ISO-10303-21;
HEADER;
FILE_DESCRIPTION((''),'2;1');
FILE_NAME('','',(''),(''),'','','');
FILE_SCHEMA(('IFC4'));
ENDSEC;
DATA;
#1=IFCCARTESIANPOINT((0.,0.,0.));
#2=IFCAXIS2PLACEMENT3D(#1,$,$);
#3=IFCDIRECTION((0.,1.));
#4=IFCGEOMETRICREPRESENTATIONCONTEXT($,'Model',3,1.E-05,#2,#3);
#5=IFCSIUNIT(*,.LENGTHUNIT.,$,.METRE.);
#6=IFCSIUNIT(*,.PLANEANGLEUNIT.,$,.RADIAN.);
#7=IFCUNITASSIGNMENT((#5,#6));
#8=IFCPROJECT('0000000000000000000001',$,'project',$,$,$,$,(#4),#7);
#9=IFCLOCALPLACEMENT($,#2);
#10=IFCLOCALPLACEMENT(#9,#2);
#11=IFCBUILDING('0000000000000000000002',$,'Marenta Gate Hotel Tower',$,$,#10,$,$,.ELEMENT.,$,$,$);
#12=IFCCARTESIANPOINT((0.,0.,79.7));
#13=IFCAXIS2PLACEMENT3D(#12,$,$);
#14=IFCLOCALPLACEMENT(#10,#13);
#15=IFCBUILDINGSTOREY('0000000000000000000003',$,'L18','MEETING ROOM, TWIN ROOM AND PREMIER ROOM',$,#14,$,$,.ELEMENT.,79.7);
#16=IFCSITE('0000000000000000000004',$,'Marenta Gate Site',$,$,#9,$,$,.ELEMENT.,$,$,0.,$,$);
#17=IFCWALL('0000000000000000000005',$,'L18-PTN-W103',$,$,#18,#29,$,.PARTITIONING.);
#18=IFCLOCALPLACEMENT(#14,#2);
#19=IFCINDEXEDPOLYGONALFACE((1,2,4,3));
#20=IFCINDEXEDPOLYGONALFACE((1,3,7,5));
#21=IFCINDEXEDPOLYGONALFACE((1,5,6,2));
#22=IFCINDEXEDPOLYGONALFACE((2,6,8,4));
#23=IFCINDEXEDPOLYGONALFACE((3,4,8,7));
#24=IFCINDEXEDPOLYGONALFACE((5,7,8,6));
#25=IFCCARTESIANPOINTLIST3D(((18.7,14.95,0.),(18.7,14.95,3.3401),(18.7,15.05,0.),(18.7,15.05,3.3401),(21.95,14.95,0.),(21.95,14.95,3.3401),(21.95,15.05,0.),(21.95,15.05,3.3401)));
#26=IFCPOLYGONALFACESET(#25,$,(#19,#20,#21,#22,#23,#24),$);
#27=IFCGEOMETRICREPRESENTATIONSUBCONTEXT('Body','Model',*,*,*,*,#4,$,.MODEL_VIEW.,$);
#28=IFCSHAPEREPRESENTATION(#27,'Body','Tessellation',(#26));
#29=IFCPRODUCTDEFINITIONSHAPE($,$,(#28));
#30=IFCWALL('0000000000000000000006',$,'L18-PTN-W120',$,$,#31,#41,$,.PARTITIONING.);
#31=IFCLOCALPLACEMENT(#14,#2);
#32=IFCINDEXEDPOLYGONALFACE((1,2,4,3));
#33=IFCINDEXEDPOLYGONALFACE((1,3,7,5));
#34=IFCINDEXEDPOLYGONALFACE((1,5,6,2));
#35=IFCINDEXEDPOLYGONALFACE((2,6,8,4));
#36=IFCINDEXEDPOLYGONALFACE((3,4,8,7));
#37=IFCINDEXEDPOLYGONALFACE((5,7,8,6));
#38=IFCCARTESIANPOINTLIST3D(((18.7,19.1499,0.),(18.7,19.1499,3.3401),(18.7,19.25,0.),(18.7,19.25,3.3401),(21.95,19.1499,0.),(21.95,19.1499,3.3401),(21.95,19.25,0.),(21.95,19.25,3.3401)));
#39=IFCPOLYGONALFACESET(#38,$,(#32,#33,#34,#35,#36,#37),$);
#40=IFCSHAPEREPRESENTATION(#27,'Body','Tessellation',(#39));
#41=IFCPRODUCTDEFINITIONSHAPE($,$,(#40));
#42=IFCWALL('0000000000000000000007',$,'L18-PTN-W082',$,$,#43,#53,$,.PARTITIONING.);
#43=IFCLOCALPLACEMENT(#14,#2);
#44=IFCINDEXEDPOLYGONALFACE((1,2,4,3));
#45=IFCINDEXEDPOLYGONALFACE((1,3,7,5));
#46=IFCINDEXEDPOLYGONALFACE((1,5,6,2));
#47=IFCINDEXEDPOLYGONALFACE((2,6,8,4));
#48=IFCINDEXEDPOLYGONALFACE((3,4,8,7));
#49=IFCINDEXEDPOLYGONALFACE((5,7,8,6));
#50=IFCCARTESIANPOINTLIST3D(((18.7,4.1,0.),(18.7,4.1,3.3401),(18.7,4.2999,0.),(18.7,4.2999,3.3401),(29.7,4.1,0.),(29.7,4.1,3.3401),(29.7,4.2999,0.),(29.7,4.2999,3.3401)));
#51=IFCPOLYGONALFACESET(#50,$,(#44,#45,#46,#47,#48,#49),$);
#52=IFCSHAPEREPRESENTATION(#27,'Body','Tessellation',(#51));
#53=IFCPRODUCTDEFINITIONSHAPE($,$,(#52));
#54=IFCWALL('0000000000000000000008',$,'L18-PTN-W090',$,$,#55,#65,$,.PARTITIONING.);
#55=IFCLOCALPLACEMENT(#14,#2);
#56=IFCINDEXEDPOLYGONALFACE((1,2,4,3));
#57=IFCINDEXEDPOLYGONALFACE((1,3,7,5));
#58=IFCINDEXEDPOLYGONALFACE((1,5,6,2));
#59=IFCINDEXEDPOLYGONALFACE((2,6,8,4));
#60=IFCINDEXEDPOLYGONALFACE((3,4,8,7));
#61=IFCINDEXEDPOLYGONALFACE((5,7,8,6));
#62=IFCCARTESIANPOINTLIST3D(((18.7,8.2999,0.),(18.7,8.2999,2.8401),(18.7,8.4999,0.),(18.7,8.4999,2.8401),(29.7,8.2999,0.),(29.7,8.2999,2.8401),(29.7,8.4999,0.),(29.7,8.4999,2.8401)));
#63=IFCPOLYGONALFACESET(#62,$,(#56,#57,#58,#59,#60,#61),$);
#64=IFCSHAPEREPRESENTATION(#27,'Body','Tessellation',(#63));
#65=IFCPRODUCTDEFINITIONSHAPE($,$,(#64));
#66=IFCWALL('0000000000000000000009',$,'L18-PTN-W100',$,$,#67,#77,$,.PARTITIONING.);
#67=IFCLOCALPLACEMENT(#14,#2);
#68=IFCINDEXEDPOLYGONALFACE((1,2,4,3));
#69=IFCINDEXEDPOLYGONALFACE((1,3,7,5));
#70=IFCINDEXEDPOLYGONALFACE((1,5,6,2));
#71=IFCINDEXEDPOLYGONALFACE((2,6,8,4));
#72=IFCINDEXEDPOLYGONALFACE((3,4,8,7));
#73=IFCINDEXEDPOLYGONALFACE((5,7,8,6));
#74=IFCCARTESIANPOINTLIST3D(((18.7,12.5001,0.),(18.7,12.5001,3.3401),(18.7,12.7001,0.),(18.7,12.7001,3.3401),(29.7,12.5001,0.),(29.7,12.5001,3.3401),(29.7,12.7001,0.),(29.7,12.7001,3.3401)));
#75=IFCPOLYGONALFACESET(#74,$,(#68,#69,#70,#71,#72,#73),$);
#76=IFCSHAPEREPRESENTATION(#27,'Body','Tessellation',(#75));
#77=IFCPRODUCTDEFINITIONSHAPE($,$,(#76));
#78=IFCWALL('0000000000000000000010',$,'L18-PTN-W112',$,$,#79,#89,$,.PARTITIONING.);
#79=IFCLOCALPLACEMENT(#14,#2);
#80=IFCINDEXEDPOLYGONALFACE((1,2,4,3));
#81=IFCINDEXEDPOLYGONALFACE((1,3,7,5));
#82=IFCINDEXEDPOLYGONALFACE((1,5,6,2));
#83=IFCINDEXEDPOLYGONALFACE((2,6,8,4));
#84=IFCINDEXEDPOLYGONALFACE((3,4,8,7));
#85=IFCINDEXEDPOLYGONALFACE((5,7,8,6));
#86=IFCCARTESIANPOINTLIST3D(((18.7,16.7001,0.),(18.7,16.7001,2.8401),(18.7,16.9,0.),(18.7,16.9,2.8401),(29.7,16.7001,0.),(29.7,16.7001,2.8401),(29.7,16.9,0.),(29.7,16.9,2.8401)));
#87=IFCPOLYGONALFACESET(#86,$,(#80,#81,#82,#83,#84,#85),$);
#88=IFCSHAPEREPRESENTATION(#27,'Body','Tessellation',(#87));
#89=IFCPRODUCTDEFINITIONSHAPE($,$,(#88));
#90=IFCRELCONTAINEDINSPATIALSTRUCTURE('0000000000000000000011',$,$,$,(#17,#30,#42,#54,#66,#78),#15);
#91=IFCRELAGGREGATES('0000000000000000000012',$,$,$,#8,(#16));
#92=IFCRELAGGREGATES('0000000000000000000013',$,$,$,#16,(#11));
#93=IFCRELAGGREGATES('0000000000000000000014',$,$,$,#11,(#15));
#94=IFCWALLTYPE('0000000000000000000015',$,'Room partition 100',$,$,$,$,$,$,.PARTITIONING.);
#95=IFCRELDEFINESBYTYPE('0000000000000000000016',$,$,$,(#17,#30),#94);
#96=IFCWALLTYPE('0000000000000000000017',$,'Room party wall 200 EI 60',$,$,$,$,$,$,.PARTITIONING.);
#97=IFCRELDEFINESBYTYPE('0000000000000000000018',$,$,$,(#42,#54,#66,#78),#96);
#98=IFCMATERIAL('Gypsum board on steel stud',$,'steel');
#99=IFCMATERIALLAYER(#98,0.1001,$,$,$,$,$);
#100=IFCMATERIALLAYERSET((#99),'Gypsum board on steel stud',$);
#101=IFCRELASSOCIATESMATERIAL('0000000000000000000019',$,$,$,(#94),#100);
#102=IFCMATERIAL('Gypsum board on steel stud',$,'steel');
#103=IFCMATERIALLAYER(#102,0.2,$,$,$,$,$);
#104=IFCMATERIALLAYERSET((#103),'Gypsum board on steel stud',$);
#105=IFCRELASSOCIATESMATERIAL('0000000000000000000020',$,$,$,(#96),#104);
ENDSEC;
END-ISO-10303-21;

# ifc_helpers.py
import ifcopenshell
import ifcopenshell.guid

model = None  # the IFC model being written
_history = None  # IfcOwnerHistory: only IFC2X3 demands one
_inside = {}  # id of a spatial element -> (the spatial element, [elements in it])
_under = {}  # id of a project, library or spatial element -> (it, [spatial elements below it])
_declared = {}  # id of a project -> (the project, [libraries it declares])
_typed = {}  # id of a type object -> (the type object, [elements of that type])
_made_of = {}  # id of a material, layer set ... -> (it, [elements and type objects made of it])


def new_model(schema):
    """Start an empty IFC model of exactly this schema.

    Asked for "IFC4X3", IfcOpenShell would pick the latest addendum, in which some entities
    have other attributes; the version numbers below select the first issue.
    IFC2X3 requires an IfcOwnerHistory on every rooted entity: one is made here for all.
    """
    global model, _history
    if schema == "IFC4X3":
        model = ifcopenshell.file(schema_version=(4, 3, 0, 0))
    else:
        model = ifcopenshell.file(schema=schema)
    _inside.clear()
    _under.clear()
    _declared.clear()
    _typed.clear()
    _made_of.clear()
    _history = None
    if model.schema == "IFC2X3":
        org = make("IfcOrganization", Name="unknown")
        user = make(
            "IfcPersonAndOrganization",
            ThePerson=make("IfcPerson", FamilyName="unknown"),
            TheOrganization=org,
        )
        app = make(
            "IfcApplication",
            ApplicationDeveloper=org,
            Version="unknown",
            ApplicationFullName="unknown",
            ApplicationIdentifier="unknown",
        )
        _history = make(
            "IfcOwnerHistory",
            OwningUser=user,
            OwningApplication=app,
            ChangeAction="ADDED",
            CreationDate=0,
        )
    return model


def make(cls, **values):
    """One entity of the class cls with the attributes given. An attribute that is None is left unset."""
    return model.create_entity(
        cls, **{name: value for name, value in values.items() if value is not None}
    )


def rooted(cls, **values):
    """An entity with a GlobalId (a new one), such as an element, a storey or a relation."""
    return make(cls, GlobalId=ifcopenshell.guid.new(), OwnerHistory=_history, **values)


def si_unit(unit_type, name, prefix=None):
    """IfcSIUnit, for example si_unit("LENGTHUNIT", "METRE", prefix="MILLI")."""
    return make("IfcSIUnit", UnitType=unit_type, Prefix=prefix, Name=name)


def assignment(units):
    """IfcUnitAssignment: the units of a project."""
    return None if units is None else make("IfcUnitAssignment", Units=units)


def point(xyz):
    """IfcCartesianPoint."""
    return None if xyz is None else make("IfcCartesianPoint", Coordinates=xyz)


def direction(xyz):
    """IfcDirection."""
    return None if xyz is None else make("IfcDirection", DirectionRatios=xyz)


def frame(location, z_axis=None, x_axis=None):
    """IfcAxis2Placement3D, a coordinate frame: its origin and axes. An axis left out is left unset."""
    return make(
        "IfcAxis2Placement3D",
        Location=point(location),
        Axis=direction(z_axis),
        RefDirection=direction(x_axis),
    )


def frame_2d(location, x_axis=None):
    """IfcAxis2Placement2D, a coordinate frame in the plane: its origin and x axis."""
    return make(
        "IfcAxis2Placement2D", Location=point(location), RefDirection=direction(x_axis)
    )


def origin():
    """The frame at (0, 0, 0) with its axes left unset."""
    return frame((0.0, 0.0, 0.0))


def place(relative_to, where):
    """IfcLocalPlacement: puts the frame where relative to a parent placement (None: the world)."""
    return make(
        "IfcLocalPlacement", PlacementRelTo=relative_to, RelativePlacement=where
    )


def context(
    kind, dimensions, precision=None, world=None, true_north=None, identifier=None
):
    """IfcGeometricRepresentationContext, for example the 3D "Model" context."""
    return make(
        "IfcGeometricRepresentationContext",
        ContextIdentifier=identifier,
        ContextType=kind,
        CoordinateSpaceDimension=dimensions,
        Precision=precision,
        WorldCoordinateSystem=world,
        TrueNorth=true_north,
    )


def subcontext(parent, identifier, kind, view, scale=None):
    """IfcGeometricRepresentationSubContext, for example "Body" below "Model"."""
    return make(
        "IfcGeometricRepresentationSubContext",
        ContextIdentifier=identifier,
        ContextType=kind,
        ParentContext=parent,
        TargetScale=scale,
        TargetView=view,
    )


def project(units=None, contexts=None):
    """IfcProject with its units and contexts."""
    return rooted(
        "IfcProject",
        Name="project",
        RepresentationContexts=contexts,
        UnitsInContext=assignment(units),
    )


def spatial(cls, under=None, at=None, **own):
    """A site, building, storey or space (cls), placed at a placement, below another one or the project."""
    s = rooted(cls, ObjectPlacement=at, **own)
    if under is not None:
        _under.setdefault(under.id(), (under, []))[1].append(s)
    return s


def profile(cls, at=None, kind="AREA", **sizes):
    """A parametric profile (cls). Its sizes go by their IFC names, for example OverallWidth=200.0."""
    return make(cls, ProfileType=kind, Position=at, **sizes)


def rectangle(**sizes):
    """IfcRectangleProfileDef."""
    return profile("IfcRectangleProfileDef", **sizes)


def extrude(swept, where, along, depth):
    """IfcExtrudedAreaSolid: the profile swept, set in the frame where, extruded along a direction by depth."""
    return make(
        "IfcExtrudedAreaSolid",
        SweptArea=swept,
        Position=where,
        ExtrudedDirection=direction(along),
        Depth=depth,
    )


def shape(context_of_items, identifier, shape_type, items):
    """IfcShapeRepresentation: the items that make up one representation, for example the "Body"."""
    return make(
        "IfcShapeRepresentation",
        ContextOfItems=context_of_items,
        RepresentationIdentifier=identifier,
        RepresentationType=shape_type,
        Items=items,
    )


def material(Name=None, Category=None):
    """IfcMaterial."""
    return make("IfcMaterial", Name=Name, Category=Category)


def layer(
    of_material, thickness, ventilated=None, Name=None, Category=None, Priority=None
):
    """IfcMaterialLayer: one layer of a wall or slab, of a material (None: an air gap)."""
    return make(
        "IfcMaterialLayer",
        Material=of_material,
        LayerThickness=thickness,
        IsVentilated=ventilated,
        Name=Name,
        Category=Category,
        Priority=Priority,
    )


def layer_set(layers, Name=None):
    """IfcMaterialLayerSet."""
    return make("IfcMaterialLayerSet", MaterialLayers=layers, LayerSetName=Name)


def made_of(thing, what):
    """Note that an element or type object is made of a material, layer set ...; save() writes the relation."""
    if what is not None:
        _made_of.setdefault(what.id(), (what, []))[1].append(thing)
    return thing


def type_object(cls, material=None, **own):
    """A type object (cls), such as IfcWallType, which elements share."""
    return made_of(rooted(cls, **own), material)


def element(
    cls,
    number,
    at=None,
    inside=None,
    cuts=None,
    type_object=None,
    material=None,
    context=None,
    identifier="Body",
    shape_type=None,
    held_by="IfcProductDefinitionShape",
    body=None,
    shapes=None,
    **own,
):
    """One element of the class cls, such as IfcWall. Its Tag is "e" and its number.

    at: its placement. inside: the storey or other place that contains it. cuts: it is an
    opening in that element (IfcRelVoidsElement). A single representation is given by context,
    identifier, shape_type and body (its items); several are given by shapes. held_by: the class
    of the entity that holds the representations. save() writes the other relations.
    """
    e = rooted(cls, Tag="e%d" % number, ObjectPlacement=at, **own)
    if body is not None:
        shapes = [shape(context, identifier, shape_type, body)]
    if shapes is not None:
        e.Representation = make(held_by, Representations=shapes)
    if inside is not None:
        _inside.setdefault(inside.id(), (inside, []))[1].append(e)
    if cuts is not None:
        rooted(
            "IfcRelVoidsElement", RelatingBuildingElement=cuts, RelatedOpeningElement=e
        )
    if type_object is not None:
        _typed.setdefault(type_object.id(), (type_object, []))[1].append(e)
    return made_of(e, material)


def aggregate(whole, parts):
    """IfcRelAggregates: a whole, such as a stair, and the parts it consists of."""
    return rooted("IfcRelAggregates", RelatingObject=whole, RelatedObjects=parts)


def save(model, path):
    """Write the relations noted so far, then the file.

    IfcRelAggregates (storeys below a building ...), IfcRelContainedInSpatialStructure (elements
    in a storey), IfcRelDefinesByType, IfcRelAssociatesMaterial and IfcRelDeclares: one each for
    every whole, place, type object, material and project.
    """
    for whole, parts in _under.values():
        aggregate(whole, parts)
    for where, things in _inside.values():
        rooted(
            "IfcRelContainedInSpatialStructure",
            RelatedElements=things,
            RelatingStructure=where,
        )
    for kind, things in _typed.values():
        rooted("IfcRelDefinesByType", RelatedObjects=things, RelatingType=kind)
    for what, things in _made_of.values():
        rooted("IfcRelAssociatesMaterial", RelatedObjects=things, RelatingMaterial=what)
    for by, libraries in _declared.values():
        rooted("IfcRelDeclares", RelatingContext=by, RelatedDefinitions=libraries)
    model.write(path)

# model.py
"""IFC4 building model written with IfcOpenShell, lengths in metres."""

from ifc_helpers import new_model, si_unit, direction, frame, frame_2d, origin, place, context, subcontext, project, spatial, rectangle, extrude, material, layer, layer_set, type_object, element, save


model = new_model("IFC4")

# Units and contexts
model_context = context("Model", 3, precision=1e-05, world=origin(), true_north=direction((0.0, 1.0)))
body_context = subcontext(model_context, "Body", "Model", "MODEL_VIEW")
ifc_project = project(units=[si_unit("LENGTHUNIT", "METRE"), si_unit("PLANEANGLEUNIT", "RADIAN")], contexts=[model_context])

# Site, building, storey
site_placement = place(None, origin())
site = spatial("IfcSite", under=ifc_project, at=site_placement, Name="Marenta Gate Site", CompositionType="ELEMENT", RefElevation=0.0)
building_placement = place(site_placement, origin())
building = spatial("IfcBuilding", under=site, at=building_placement, Name="Marenta Gate Hotel Tower", CompositionType="ELEMENT")
storey_placement = place(building_placement, frame((0.0, 0.0, 79.7)))
storey = spatial("IfcBuildingStorey", under=building, at=storey_placement, Name="L18", Description="MEETING ROOM, TWIN ROOM AND PREMIER ROOM", CompositionType="ELEMENT", Elevation=79.7)

# Shared definitions
ifc_material_1 = material(Name="Gypsum board on steel stud", Category="steel")
ifc_layer_1 = layer(ifc_material_1, 0.1001)
ifc_layer_set_1 = layer_set([ifc_layer_1], Name="Gypsum board on steel stud")
wall_type_1 = type_object("IfcWallType", Name="Room partition 100", PredefinedType="PARTITIONING", material=ifc_layer_set_1)

# Walls
for number, where, z_axis, x_axis, name in (
    (1, (18.7, 15.0, 0.0), (0.0, 0.0, 1.0), (1.0, 0.0, 0.0), "L18-PTN-W103"),
    (2, (18.7, 19.2, 0.0), (0.0, 0.0, 1.0), (1.0, 0.0, 0.0), "L18-PTN-W120"),
):
    element("IfcWall", number, at=place(storey_placement, frame(where, z_axis=z_axis, x_axis=x_axis)), inside=storey, type_object=wall_type_1, Name=name, PredefinedType="PARTITIONING", context=body_context, shape_type="SweptSolid", body=[
        extrude(rectangle(XDim=3.25, YDim=0.1001, at=frame_2d((1.625, 0.0))), origin(), (0.0, 0.0, 1.0), 3.3401),
    ])
ifc_material_2 = material(Name="Gypsum board on steel stud", Category="steel")
ifc_layer_2 = layer(ifc_material_2, 0.2)
ifc_layer_set_2 = layer_set([ifc_layer_2], Name="Gypsum board on steel stud")
wall_type_2 = type_object("IfcWallType", Name="Room party wall 200 EI 60", PredefinedType="PARTITIONING", material=ifc_layer_set_2)
wall_1_placement = place(storey_placement, frame((18.7, 4.2, 0.0), z_axis=(0.0, 0.0, 1.0), x_axis=(1.0, 0.0, 0.0)))
element("IfcWall", 3, at=wall_1_placement, inside=storey, type_object=wall_type_2, Name="L18-PTN-W082", PredefinedType="PARTITIONING", context=body_context, shape_type="SweptSolid", body=[
    extrude(rectangle(XDim=11.0, YDim=0.2, at=frame_2d((5.5, 0.0))), origin(), (0.0, 0.0, 1.0), 3.3401),
])
wall_2_placement = place(storey_placement, frame((18.7, 8.3999, 0.0), z_axis=(0.0, 0.0, 1.0), x_axis=(1.0, 0.0, 0.0)))
element("IfcWall", 4, at=wall_2_placement, inside=storey, type_object=wall_type_2, Name="L18-PTN-W090", PredefinedType="PARTITIONING", context=body_context, shape_type="SweptSolid", body=[
    extrude(rectangle(XDim=11.0, YDim=0.2, at=frame_2d((5.5, 0.0))), origin(), (0.0, 0.0, 1.0), 2.8401),
])
wall_3_placement = place(storey_placement, frame((18.7, 12.6001, 0.0), z_axis=(0.0, 0.0, 1.0), x_axis=(1.0, 0.0, 0.0)))
element("IfcWall", 5, at=wall_3_placement, inside=storey, type_object=wall_type_2, Name="L18-PTN-W100", PredefinedType="PARTITIONING", context=body_context, shape_type="SweptSolid", body=[
    extrude(rectangle(XDim=11.0, YDim=0.2, at=frame_2d((5.5, 0.0))), origin(), (0.0, 0.0, 1.0), 3.3401),
])
wall_4_placement = place(storey_placement, frame((18.7, 16.8, 0.0), z_axis=(0.0, 0.0, 1.0), x_axis=(1.0, 0.0, 0.0)))
element("IfcWall", 6, at=wall_4_placement, inside=storey, type_object=wall_type_2, Name="L18-PTN-W112", PredefinedType="PARTITIONING", context=body_context, shape_type="SweptSolid", body=[
    extrude(rectangle(XDim=11.0, YDim=0.2, at=frame_2d((5.5, 0.0))), origin(), (0.0, 0.0, 1.0), 2.8401),
])

save(model, "model.ifc")
